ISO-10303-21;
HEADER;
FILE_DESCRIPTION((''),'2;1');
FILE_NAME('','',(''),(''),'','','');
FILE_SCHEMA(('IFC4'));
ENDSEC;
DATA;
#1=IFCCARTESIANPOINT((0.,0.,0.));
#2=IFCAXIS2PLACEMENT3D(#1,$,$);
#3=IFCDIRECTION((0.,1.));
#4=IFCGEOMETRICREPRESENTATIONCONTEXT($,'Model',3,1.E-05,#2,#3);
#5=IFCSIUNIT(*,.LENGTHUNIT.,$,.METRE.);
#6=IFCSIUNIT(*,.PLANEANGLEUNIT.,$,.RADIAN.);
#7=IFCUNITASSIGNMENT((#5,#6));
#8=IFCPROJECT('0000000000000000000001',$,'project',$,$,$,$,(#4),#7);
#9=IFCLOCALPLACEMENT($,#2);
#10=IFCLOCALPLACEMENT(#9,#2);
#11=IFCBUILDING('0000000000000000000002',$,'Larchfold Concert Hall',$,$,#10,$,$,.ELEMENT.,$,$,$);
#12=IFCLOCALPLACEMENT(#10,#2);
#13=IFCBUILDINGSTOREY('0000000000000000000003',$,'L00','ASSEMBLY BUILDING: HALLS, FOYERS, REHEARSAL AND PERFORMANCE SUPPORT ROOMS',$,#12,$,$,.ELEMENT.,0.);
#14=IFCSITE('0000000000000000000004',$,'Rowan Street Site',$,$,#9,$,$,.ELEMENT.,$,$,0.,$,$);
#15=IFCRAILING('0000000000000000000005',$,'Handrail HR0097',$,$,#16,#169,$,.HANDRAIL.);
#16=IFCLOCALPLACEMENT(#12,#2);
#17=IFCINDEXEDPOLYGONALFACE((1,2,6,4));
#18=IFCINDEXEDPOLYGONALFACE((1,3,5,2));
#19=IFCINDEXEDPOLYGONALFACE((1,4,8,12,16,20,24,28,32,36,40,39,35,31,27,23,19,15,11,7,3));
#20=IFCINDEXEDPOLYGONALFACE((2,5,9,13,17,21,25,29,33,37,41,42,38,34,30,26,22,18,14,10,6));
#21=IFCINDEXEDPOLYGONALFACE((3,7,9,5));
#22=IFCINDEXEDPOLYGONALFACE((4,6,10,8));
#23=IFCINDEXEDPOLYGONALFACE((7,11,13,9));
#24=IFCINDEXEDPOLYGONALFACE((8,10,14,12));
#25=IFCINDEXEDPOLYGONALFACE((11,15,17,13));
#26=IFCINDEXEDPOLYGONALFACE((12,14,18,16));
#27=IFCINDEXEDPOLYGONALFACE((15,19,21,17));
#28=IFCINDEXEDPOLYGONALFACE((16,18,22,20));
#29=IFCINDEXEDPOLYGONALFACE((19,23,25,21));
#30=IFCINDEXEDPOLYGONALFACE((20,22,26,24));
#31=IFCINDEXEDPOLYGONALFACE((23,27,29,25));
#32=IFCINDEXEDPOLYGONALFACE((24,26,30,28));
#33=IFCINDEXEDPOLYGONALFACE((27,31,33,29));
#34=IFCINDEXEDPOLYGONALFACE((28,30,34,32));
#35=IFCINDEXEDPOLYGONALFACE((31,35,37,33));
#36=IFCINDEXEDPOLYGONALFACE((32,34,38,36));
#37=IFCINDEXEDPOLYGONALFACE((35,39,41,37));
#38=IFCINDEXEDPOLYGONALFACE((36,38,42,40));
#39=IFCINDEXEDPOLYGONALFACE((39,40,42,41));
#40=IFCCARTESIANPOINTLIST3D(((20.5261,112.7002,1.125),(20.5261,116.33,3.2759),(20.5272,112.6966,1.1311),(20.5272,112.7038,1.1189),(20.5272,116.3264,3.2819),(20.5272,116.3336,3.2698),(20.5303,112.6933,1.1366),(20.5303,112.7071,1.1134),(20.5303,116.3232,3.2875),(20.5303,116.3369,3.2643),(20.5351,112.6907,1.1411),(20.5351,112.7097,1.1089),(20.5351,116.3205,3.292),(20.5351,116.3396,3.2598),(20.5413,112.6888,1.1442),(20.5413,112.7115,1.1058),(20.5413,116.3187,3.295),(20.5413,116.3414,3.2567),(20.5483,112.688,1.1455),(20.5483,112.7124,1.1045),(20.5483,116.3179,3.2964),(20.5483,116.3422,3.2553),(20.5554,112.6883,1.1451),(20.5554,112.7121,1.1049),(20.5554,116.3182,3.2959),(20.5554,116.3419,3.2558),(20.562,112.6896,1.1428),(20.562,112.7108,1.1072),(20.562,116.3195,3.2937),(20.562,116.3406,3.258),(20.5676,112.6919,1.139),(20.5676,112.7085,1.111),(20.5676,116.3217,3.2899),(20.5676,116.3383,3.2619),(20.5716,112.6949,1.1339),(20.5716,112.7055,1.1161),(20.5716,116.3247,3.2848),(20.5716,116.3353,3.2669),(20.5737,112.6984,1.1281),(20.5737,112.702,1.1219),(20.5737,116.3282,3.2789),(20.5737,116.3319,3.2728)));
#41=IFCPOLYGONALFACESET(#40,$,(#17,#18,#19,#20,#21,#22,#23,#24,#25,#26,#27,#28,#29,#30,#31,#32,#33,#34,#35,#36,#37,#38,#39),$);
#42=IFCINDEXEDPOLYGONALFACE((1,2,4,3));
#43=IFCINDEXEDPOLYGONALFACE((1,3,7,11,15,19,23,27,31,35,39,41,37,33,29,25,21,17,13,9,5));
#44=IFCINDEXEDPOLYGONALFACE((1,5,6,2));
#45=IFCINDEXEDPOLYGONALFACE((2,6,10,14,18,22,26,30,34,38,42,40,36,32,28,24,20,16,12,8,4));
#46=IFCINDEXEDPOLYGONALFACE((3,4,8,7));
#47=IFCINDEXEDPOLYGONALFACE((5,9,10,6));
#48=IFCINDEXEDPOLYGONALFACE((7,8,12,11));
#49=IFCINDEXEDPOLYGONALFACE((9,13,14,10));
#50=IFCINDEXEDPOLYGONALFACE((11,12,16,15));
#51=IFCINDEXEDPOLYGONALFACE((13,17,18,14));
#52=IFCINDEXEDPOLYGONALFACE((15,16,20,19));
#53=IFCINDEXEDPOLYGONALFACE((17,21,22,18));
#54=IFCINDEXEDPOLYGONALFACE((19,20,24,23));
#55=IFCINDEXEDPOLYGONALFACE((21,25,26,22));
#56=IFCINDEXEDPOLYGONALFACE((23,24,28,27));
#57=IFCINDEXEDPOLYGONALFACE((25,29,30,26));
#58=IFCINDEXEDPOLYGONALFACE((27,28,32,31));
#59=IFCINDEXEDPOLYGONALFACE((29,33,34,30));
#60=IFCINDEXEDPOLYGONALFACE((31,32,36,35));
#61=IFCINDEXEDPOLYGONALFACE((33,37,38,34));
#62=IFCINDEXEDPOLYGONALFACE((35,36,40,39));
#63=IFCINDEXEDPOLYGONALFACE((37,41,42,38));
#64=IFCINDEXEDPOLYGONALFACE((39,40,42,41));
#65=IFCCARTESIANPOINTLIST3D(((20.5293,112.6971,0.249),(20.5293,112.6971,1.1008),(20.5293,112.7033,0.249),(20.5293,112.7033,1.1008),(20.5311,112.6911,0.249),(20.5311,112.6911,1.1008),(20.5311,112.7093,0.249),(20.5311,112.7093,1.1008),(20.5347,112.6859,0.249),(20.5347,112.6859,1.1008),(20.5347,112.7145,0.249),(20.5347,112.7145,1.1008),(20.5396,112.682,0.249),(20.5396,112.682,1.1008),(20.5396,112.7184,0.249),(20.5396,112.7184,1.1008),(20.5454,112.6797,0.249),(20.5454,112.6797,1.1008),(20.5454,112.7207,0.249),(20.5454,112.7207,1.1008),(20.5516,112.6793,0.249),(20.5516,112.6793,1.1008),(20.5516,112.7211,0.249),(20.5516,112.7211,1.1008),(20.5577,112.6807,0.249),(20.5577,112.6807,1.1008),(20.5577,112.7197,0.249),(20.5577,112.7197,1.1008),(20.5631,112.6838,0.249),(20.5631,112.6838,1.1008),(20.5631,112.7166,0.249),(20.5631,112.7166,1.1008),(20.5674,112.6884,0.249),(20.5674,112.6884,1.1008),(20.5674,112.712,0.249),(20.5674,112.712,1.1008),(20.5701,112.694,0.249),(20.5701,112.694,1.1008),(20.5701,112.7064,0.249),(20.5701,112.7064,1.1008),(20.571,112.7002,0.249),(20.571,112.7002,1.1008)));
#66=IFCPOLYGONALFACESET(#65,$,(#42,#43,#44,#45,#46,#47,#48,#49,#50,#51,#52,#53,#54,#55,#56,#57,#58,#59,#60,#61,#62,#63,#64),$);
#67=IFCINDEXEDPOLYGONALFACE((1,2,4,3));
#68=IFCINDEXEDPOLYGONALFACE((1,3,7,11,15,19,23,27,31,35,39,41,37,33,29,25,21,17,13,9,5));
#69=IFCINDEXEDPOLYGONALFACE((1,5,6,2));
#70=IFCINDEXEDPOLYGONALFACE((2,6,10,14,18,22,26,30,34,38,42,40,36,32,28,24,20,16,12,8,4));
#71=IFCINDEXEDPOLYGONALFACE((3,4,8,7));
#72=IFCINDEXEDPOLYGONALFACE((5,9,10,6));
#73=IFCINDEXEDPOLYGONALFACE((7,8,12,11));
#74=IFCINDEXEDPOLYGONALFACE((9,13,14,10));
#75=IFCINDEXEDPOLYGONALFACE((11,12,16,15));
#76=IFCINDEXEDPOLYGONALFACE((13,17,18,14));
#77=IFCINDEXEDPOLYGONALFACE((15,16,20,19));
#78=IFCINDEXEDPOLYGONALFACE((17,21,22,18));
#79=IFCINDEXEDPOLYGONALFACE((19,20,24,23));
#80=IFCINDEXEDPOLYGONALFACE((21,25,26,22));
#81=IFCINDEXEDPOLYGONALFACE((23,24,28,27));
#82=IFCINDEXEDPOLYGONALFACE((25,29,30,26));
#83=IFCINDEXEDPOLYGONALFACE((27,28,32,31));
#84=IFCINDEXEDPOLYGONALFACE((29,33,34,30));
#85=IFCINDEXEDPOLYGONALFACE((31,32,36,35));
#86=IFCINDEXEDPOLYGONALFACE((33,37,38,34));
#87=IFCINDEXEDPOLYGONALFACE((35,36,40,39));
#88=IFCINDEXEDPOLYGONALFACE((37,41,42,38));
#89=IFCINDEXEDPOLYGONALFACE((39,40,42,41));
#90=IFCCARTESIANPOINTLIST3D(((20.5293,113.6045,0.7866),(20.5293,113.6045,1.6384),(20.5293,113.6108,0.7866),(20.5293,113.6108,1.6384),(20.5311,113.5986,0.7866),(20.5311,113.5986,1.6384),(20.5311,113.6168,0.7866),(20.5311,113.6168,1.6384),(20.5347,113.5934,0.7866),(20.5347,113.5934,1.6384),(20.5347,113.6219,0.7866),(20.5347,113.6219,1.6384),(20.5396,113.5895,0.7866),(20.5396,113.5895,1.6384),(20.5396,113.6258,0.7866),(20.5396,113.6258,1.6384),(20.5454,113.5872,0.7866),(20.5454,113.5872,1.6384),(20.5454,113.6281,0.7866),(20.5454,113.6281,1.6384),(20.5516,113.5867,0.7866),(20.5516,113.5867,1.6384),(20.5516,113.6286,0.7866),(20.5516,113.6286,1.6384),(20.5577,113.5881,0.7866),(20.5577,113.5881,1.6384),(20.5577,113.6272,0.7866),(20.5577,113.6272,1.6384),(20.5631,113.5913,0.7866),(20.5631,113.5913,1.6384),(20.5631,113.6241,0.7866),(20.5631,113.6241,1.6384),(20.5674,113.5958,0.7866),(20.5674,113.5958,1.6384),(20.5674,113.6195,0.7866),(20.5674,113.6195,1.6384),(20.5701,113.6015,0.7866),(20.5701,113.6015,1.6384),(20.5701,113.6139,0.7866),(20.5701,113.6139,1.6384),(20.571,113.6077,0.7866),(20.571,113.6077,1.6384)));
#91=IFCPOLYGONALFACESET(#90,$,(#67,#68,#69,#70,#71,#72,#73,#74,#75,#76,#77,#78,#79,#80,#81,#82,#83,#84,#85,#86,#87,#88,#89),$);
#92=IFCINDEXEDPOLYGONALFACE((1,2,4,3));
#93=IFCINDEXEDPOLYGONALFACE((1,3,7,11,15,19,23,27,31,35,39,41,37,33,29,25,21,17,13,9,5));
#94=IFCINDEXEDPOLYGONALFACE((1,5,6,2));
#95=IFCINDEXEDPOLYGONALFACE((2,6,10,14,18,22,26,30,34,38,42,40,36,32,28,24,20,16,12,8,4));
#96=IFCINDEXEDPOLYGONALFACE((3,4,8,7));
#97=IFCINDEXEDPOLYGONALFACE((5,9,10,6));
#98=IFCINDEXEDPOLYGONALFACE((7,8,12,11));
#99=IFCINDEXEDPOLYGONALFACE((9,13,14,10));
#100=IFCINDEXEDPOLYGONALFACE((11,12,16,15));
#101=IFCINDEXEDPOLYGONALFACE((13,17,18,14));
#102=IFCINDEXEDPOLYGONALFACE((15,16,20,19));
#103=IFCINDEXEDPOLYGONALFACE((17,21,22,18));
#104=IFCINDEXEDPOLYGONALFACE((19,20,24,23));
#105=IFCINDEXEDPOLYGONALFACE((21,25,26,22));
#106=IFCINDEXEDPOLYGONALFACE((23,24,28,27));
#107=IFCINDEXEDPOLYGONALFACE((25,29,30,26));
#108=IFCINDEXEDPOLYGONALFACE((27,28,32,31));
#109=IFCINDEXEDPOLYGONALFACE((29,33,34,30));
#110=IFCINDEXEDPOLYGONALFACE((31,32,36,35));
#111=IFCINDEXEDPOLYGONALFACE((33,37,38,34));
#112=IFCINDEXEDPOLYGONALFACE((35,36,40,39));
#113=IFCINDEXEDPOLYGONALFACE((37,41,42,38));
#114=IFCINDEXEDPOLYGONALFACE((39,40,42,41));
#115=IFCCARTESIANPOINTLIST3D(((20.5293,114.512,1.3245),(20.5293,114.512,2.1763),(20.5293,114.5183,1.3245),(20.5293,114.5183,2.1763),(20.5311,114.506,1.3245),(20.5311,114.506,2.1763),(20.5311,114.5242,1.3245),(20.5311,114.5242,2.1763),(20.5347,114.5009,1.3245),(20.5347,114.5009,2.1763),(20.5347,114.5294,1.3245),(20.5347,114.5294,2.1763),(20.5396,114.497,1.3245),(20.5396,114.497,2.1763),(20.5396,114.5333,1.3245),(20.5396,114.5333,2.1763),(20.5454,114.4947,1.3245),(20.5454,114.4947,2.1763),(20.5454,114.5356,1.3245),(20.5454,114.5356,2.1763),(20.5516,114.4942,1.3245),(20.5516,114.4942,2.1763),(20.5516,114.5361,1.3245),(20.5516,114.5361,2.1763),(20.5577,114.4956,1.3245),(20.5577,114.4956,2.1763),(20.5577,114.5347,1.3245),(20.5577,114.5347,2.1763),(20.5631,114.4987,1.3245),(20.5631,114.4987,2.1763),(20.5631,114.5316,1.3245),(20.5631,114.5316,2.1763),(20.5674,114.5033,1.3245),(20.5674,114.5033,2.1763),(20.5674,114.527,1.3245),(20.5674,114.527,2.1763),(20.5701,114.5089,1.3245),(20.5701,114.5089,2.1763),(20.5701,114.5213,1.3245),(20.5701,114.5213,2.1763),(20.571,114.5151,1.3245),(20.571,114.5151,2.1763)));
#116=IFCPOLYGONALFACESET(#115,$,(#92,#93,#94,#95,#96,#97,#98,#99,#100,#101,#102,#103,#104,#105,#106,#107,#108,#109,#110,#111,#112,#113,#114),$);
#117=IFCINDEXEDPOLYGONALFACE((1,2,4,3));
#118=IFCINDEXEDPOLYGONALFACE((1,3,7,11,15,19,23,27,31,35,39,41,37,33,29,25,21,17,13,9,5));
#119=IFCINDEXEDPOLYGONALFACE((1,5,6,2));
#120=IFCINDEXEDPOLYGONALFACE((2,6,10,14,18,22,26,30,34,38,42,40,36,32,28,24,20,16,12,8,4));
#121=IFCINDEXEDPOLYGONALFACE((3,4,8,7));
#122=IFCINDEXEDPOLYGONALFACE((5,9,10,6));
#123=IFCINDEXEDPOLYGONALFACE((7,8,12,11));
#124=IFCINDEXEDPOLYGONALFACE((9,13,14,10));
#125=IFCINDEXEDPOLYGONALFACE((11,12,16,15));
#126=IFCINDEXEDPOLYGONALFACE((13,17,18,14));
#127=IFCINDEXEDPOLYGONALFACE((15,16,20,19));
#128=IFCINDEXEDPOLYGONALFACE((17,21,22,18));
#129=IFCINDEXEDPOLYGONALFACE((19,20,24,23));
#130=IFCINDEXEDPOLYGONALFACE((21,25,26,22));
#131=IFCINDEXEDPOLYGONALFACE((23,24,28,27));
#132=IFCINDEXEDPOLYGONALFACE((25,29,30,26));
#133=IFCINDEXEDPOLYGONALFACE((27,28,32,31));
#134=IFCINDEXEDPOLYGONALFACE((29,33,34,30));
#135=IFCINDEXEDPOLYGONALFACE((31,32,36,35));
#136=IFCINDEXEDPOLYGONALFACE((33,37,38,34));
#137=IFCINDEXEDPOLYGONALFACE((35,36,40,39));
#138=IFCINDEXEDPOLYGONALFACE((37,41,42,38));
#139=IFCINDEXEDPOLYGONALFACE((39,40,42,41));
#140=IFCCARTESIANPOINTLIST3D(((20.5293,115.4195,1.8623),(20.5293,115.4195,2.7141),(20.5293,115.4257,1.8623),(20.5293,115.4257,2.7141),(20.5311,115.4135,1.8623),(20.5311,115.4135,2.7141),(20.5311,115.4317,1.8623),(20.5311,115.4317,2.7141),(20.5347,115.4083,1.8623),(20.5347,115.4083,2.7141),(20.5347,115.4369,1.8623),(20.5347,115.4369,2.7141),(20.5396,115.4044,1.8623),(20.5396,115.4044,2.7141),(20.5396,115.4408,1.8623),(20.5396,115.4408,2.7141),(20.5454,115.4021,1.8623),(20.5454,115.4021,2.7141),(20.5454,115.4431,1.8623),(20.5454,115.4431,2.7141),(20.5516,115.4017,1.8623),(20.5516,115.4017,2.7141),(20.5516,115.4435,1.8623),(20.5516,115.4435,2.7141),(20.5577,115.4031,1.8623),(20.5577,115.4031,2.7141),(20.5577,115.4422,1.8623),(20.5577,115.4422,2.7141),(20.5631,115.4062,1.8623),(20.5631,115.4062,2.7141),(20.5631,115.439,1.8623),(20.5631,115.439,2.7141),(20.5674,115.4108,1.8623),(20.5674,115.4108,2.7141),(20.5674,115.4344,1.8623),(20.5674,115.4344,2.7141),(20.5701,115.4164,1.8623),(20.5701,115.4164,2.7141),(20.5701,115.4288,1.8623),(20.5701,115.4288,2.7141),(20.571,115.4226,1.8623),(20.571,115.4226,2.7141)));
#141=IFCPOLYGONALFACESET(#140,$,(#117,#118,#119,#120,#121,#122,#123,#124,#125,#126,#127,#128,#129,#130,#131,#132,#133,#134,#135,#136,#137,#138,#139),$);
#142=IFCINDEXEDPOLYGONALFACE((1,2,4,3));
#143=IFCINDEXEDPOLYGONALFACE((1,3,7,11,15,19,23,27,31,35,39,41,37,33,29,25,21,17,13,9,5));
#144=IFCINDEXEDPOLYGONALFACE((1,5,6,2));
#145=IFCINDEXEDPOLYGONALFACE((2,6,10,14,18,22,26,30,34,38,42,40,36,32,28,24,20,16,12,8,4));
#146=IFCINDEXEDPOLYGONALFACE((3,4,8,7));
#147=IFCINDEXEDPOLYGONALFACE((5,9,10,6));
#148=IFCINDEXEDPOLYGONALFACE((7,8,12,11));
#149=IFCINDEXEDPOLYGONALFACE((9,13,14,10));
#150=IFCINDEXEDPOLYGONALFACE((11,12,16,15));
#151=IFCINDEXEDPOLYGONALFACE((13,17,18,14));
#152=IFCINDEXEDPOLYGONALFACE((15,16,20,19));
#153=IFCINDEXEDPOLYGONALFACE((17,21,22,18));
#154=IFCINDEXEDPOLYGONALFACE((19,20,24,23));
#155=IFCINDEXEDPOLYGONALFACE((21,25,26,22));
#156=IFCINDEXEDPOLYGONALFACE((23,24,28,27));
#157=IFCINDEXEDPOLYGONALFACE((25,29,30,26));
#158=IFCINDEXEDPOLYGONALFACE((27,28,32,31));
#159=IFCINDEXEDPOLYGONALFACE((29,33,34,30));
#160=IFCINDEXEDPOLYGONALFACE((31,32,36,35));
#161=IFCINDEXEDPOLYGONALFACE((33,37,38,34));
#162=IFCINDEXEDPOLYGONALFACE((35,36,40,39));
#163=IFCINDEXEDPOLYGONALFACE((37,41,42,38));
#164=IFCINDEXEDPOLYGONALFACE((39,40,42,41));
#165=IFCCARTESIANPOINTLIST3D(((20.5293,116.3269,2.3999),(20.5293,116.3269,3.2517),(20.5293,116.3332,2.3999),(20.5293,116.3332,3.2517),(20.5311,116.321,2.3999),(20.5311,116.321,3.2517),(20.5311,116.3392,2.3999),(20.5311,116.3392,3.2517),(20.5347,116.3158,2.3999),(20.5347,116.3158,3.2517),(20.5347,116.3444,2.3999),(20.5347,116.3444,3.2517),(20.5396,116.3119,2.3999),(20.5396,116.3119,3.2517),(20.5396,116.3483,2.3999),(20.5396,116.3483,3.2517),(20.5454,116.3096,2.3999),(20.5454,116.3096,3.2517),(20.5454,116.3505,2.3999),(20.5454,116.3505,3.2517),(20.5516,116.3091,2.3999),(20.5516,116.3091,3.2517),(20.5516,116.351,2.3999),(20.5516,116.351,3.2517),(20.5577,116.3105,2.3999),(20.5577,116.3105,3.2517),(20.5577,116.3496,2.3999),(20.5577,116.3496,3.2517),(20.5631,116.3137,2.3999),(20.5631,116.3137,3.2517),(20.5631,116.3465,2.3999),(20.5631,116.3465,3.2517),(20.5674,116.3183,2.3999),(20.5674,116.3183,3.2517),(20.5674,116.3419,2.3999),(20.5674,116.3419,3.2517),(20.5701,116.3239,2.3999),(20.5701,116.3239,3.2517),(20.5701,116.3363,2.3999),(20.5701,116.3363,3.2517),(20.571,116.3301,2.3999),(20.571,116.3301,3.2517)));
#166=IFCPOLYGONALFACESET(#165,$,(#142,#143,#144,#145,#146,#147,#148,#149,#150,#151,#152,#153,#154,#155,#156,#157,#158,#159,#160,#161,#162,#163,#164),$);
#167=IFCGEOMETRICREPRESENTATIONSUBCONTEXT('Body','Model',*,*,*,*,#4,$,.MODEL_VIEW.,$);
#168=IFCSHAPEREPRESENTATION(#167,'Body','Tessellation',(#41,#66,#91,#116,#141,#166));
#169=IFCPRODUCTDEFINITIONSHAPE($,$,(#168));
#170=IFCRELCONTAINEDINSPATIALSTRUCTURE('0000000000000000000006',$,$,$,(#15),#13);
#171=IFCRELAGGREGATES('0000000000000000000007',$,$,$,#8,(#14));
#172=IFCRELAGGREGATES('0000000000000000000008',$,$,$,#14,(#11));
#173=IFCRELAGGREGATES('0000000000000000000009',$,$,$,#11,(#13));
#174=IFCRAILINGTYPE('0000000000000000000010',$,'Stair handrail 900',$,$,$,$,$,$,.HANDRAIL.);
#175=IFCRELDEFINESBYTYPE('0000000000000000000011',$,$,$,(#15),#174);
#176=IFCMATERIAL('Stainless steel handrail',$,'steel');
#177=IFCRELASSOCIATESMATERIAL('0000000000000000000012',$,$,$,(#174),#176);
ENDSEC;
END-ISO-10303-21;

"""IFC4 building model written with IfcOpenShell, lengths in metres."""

from ifc_helpers import new_model, si_unit, direction, frame, origin, origin_2d, place, context, subcontext, project, spatial, circle, extrude, material, type_object, element, save


model = new_model("IFC4")

# Units and contexts
model_context = context("Model", 3, precision=1e-05, world=origin(), true_north=direction((0.0, 1.0)))
body_context = subcontext(model_context, "Body", "Model", "MODEL_VIEW")
ifc_project = project(units=[si_unit("LENGTHUNIT", "METRE"), si_unit("PLANEANGLEUNIT", "RADIAN")], contexts=[model_context])

# Site, building, storey
site_placement = place(None, origin())
site = spatial("IfcSite", under=ifc_project, at=site_placement, Name="Rowan Street Site", CompositionType="ELEMENT", RefElevation=0.0)
building_placement = place(site_placement, origin())
building = spatial("IfcBuilding", under=site, at=building_placement, Name="Larchfold Concert Hall", CompositionType="ELEMENT")
storey_placement = place(building_placement, origin())
storey = spatial("IfcBuildingStorey", under=building, at=storey_placement, Name="L00", Description="ASSEMBLY BUILDING: HALLS, FOYERS, REHEARSAL AND PERFORMANCE SUPPORT ROOMS", CompositionType="ELEMENT", Elevation=0.0)

# Railing
ifc_material_1 = material(Name="Stainless steel handrail", Category="steel")
railing_type_1 = type_object("IfcRailingType", Name="Stair handrail 900", PredefinedType="HANDRAIL", material=ifc_material_1)
railing_1_placement = place(storey_placement, frame((20.55, 112.7002, 0.249)))
element("IfcRailing", 1, at=railing_1_placement, inside=storey, type_object=railing_type_1, Name="Handrail HR0097", PredefinedType="HANDRAIL", context=body_context, shape_type="SweptSolid", body=[
    extrude(circle(Radius=0.0239, at=origin_2d()), frame((0.0, 0.0, 0.876), z_axis=(0.0, 0.860308, 0.509774), x_axis=(-1.0, 0.0, 0.0)), (0.0, 0.0, 1.0), 4.2192),
    extrude(circle(Radius=0.021, at=origin_2d()), origin(), (0.0, 0.0, 1.0), 0.8518),
    extrude(circle(Radius=0.021, at=origin_2d()), frame((0.0, 0.9075, 0.5376)), (0.0, 0.0, 1.0), 0.8518),
    extrude(circle(Radius=0.021, at=origin_2d()), frame((0.0, 1.8149, 1.0754)), (0.0, 0.0, 1.0), 0.8518),
    extrude(circle(Radius=0.021, at=origin_2d()), frame((0.0, 2.7224, 1.6133)), (0.0, 0.0, 1.0), 0.8518),
    extrude(circle(Radius=0.021, at=origin_2d()), frame((0.0, 3.6299, 2.1509)), (0.0, 0.0, 1.0), 0.8518),
])

save(model, "model.ifc")
